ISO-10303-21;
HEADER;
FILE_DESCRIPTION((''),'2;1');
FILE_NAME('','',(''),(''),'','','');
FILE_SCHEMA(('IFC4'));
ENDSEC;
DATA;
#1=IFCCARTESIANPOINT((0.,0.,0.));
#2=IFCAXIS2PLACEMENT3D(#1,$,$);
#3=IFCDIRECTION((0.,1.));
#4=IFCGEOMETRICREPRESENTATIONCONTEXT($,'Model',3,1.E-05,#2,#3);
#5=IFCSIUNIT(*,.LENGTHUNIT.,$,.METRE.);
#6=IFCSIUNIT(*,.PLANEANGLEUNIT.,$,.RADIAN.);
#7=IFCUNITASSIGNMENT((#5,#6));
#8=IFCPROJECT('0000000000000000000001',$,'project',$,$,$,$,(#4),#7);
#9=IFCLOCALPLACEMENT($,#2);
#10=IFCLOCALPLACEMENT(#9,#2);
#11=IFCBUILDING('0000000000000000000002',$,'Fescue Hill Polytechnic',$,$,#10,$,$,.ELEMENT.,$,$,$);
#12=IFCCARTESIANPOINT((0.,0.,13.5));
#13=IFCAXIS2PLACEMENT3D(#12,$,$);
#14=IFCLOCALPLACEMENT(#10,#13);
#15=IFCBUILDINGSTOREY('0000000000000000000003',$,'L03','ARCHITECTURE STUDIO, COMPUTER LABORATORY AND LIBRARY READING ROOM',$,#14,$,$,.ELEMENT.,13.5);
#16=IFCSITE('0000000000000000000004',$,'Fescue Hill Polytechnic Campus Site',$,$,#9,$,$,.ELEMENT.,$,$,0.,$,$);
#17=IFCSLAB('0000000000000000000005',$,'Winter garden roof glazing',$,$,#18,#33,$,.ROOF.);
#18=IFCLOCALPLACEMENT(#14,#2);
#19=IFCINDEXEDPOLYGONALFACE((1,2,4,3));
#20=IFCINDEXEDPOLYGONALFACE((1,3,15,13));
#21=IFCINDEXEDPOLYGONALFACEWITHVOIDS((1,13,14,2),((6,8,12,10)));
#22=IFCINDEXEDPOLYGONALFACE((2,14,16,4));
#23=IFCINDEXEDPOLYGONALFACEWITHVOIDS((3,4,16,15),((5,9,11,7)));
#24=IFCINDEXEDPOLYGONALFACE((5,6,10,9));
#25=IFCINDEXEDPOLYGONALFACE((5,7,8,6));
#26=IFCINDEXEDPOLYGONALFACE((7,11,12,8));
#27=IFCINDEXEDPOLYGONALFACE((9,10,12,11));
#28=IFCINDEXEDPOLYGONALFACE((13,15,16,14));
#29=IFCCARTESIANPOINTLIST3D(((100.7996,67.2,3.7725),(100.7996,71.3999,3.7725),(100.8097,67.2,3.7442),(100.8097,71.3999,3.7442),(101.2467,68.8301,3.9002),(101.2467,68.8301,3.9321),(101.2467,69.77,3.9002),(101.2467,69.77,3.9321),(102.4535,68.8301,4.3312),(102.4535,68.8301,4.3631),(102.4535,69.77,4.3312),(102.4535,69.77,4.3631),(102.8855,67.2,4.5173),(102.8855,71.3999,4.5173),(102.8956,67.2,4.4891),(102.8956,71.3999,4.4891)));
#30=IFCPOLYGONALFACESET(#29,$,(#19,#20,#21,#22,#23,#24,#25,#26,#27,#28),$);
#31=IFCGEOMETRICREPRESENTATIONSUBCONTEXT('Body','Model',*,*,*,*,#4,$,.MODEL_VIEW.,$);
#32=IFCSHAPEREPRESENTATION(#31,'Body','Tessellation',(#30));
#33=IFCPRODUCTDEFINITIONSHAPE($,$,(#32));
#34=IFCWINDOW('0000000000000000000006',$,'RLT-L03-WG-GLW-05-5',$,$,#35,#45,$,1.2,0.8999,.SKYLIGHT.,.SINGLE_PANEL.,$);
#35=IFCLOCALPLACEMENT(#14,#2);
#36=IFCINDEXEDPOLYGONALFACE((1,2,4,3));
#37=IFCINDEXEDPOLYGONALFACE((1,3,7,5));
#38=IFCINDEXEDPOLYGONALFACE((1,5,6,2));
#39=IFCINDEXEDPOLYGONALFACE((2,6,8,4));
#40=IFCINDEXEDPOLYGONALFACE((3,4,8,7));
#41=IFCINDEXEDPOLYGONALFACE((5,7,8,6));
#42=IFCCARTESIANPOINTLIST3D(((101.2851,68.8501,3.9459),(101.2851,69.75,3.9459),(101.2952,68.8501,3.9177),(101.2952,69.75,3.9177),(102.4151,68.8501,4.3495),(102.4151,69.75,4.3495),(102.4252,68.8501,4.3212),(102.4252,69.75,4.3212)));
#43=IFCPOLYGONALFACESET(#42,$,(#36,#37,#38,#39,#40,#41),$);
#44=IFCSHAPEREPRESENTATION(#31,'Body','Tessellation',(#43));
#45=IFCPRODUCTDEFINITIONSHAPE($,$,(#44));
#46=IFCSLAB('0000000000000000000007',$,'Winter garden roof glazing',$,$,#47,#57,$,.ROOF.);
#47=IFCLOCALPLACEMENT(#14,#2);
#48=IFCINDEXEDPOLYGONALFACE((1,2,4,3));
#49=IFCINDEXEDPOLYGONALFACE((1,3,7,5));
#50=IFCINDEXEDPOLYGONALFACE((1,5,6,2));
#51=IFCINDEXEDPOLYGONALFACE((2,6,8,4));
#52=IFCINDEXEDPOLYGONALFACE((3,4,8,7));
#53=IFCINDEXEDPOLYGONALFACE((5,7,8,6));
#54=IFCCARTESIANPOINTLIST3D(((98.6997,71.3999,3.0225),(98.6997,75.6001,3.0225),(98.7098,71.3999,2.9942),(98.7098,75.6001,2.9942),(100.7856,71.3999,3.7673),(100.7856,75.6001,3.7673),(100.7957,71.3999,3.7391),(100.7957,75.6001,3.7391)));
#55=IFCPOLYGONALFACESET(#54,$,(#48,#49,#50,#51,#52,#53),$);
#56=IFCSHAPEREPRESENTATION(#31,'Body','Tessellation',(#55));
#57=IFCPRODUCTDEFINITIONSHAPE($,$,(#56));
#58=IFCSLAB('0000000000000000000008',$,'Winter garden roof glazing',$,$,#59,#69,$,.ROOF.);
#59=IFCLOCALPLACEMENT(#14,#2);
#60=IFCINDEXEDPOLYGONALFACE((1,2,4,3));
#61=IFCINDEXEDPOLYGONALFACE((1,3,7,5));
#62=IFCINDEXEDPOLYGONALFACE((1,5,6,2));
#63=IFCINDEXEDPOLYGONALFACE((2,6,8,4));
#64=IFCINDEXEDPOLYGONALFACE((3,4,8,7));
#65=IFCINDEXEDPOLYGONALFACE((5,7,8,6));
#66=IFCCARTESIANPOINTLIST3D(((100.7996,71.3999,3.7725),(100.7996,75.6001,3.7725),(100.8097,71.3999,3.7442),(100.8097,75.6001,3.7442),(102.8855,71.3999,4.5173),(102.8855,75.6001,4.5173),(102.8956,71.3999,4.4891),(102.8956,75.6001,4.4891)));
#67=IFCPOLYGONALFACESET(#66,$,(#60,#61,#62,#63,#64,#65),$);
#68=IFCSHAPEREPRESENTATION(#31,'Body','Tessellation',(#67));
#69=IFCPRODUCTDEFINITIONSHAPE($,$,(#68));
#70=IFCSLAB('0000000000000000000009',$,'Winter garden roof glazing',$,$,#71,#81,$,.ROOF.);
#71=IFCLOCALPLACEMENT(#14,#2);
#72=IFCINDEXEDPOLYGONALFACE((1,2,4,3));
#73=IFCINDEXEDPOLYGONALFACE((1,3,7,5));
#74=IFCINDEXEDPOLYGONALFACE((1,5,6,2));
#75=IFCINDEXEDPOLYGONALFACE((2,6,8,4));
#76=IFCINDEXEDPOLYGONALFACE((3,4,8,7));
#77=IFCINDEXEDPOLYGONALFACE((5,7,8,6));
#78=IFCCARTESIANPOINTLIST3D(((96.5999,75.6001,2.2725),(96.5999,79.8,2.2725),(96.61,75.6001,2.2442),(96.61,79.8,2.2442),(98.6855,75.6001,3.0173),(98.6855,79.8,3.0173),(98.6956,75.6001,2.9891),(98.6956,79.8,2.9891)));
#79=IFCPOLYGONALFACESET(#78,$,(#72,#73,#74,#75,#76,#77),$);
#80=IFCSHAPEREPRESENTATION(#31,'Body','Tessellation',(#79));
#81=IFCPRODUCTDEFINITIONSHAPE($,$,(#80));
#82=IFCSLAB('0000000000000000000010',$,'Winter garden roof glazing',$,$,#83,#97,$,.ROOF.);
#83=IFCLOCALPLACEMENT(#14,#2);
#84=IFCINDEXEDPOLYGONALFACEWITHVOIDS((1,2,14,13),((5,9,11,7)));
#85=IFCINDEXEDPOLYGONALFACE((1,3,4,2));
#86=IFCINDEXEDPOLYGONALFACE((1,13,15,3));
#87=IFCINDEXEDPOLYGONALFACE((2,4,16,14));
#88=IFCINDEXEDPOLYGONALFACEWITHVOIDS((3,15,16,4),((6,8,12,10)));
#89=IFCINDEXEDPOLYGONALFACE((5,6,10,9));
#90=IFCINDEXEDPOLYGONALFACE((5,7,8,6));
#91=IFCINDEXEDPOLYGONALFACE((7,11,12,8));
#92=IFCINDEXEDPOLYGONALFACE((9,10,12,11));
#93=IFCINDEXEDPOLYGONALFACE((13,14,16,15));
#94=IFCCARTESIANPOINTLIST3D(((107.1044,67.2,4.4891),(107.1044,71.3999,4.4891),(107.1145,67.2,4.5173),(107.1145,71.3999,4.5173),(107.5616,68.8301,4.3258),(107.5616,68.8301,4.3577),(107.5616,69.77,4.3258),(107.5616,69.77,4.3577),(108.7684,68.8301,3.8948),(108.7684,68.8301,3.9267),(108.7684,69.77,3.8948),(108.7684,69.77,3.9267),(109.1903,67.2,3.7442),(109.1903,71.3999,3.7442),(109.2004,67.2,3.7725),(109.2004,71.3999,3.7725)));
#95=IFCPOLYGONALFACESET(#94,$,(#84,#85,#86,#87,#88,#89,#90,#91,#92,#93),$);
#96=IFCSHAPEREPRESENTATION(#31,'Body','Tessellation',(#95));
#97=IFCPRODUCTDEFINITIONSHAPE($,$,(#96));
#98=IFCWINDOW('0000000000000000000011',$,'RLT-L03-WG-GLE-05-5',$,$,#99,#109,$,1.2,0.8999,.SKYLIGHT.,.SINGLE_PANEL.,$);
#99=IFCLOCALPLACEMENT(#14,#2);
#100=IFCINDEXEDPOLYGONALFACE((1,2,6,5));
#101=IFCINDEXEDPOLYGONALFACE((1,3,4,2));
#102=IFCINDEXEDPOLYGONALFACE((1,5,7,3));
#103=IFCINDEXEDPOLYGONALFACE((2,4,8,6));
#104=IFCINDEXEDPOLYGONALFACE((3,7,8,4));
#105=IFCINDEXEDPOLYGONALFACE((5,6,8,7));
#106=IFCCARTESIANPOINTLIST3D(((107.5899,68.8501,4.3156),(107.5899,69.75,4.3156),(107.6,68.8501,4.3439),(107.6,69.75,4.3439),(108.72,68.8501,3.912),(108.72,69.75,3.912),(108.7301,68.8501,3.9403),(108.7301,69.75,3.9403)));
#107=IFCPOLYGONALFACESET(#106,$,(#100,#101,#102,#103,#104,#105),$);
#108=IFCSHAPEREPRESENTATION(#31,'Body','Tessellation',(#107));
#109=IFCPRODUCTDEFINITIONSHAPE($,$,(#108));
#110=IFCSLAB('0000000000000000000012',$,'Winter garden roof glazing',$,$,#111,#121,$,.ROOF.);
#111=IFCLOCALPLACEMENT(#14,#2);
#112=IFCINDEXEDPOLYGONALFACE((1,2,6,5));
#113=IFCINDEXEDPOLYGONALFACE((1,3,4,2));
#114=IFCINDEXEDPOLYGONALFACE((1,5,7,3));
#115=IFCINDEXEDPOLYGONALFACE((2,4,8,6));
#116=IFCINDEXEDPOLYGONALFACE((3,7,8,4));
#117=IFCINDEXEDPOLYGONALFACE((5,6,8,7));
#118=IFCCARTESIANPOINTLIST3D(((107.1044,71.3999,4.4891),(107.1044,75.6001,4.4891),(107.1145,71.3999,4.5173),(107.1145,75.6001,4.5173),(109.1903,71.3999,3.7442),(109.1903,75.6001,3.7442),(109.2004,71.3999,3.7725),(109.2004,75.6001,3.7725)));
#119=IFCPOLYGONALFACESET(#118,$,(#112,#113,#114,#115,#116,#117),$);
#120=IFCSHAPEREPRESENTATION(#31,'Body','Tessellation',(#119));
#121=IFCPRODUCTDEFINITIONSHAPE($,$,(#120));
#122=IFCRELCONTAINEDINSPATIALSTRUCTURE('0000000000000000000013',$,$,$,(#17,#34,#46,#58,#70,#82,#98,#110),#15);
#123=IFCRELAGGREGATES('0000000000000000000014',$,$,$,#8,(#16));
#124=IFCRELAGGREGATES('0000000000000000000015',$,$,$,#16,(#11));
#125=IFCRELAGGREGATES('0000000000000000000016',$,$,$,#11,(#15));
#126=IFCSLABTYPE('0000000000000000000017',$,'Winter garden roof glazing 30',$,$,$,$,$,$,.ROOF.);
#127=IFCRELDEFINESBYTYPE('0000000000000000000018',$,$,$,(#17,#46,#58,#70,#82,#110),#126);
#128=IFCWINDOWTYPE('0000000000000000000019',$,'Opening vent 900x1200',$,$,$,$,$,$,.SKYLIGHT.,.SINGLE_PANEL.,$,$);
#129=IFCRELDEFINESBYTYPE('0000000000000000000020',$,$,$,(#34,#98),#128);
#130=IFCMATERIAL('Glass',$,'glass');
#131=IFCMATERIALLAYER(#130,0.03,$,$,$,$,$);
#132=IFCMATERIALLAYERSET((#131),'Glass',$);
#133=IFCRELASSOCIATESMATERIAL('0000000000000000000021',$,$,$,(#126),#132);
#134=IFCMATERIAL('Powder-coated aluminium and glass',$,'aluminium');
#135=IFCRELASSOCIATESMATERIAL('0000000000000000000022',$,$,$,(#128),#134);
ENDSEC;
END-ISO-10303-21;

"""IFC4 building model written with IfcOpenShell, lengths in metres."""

from ifc_helpers import new_model, si_unit, direction, frame, origin, origin_2d, place, context, subcontext, project, spatial, polyline, rectangle, outline, extrude, material, layer, layer_set, type_object, element, fill, save


model = new_model("IFC4")

# Units and contexts
model_context = context("Model", 3, precision=1e-05, world=origin(), true_north=direction((0.0, 1.0)))
body_context = subcontext(model_context, "Body", "Model", "MODEL_VIEW")
ifc_project = project(units=[si_unit("LENGTHUNIT", "METRE"), si_unit("PLANEANGLEUNIT", "RADIAN")], contexts=[model_context])

# Site, building, storey
site_placement = place(None, origin())
site = spatial("IfcSite", under=ifc_project, at=site_placement, Name="Fescue Hill Polytechnic Campus Site", CompositionType="ELEMENT", RefElevation=0.0)
building_placement = place(site_placement, origin())
building = spatial("IfcBuilding", under=site, at=building_placement, Name="Fescue Hill Polytechnic", CompositionType="ELEMENT")
storey_placement = place(building_placement, frame((0.0, 0.0, 13.5)))
storey = spatial("IfcBuildingStorey", under=building, at=storey_placement, Name="L03", Description="ARCHITECTURE STUDIO, COMPUTER LABORATORY AND LIBRARY READING ROOM", CompositionType="ELEMENT", Elevation=13.5)

# Shared definitions
ifc_material_1 = material(Name="Glass", Category="glass")
ifc_layer = layer(ifc_material_1, 0.03)
ifc_layer_set = layer_set([ifc_layer], Name="Glass")
slab_type = type_object("IfcSlabType", Name="Winter garden roof glazing 30", PredefinedType="ROOF", material=ifc_layer_set)

# Slab, opening, window
slab_1_placement = place(storey_placement, frame((100.7996, 67.2, 3.7725), z_axis=(-0.336295, 0.0, 0.941757), x_axis=(0.0, 1.0, 0.0)))
slab_1 = element("IfcSlab", 1, at=slab_1_placement, inside=storey, type_object=slab_type, Name="Winter garden roof glazing", PredefinedType="ROOF", context=body_context, shape_type="SweptSolid", body=[
    extrude(outline(polyline([(0.0, 0.0), (4.2, 0.0), (4.2, -2.2149), (0.0, -2.2149), (0.0, 0.0)])), origin(), (0.0, 0.0, -1.0), 0.03),
])
opening_1_placement = place(storey_placement, frame((101.8501, 69.3, 3.8015)))
opening_1 = element("IfcOpeningElement", 2, at=opening_1_placement, cuts=slab_1, PredefinedType="OPENING", context=body_context, shape_type="SweptSolid", body=[
    extrude(rectangle(XDim=1.2068, YDim=0.9399, at=origin_2d()), origin(), (0.0, 0.0, 1.0), 0.6604),
])
ifc_material_2 = material(Name="Powder-coated aluminium and glass", Category="aluminium")
window_type = type_object("IfcWindowType", Name="Opening vent 900x1200", PartitioningType="SINGLE_PANEL", PredefinedType="SKYLIGHT", material=ifc_material_2)
window_1_placement = place(storey_placement, frame((101.8501, 69.3, 4.1477), z_axis=(-0.336295, 0.0, 0.941757), x_axis=(0.0, 1.0, 0.0)))
window_1 = element("IfcWindow", 3, at=window_1_placement, inside=storey, type_object=window_type, Name="RLT-L03-WG-GLW-05-5", OverallHeight=1.2, OverallWidth=0.8999, PartitioningType="SINGLE_PANEL", PredefinedType="SKYLIGHT", context=body_context, shape_type="SweptSolid", body=[
    extrude(rectangle(XDim=0.8999, YDim=1.2, at=origin_2d()), origin(), (0.0, 0.0, -1.0), 0.03),
])
fill(opening_1, window_1)

# Slabs
for number, where, z_axis, x_axis, name in (
    (4, (98.6997, 71.3999, 3.0225), (-0.336295, 0.0, 0.941757), (0.0, 1.0, 0.0), "Winter garden roof glazing"),
    (5, (100.7996, 71.3999, 3.7725), (-0.336295, 0.0, 0.941757), (0.0, 1.0, 0.0), "Winter garden roof glazing"),
):
    element("IfcSlab", number, at=place(storey_placement, frame(where, z_axis=z_axis, x_axis=x_axis)), inside=storey, type_object=slab_type, Name=name, PredefinedType="ROOF", context=body_context, shape_type="SweptSolid", body=[
        extrude(outline(polyline([(0.0, 0.0), (4.2002, 0.0), (4.2002, -2.2149), (0.0, -2.2149), (0.0, 0.0)])), origin(), (0.0, 0.0, -1.0), 0.03),
    ])
slab_2_placement = place(storey_placement, frame((96.5999, 75.6001, 2.2725), z_axis=(-0.336329, 0.0, 0.941744), x_axis=(0.0, 1.0, 0.0)))
element("IfcSlab", 6, at=slab_2_placement, inside=storey, type_object=slab_type, Name="Winter garden roof glazing", PredefinedType="ROOF", context=body_context, shape_type="SweptSolid", body=[
    extrude(outline(polyline([(0.0, 0.0), (4.2, 0.0), (4.2, -2.2147), (0.0, -2.2147), (0.0, 0.0)])), origin(), (0.0, 0.0, -1.0), 0.03),
])

# Slab, opening, window
slab_3_placement = place(storey_placement, frame((109.2004, 67.2, 3.7725), z_axis=(0.336295, 0.0, 0.941757), x_axis=(0.0, 1.0, 0.0)))
slab_3 = element("IfcSlab", 7, at=slab_3_placement, inside=storey, type_object=slab_type, Name="Winter garden roof glazing", PredefinedType="ROOF", context=body_context, shape_type="SweptSolid", body=[
    extrude(outline(polyline([(0.0, 0.0), (4.2, 0.0), (4.2, 2.2149), (0.0, 2.2149), (0.0, 0.0)])), origin(), (0.0, 0.0, -1.0), 0.03),
])
opening_2_placement = place(storey_placement, frame((108.165, 69.3, 3.7961)))
opening_2 = element("IfcOpeningElement", 8, at=opening_2_placement, cuts=slab_3, PredefinedType="OPENING", context=body_context, shape_type="SweptSolid", body=[
    extrude(rectangle(XDim=1.2068, YDim=0.9399, at=origin_2d()), origin(), (0.0, 0.0, 1.0), 0.6604),
])
window_2_placement = place(storey_placement, frame((108.165, 69.3, 4.1421), z_axis=(0.336295, 0.0, 0.941757), x_axis=(0.0, 1.0, 0.0)))
window_2 = element("IfcWindow", 9, at=window_2_placement, inside=storey, type_object=window_type, Name="RLT-L03-WG-GLE-05-5", OverallHeight=1.2, OverallWidth=0.8999, PartitioningType="SINGLE_PANEL", PredefinedType="SKYLIGHT", context=body_context, shape_type="SweptSolid", body=[
    extrude(rectangle(XDim=0.8999, YDim=1.2, at=origin_2d()), origin(), (0.0, 0.0, -1.0), 0.03),
])
fill(opening_2, window_2)

# Slab
slab_4_placement = place(storey_placement, frame((109.2004, 71.3999, 3.7725), z_axis=(0.336295, 0.0, 0.941757), x_axis=(0.0, 1.0, 0.0)))
element("IfcSlab", 10, at=slab_4_placement, inside=storey, type_object=slab_type, Name="Winter garden roof glazing", PredefinedType="ROOF", context=body_context, shape_type="SweptSolid", body=[
    extrude(outline(polyline([(0.0, 0.0), (4.2002, 0.0), (4.2002, 2.2149), (0.0, 2.2149), (0.0, 0.0)])), origin(), (0.0, 0.0, -1.0), 0.03),
])

save(model, "model.ifc")
